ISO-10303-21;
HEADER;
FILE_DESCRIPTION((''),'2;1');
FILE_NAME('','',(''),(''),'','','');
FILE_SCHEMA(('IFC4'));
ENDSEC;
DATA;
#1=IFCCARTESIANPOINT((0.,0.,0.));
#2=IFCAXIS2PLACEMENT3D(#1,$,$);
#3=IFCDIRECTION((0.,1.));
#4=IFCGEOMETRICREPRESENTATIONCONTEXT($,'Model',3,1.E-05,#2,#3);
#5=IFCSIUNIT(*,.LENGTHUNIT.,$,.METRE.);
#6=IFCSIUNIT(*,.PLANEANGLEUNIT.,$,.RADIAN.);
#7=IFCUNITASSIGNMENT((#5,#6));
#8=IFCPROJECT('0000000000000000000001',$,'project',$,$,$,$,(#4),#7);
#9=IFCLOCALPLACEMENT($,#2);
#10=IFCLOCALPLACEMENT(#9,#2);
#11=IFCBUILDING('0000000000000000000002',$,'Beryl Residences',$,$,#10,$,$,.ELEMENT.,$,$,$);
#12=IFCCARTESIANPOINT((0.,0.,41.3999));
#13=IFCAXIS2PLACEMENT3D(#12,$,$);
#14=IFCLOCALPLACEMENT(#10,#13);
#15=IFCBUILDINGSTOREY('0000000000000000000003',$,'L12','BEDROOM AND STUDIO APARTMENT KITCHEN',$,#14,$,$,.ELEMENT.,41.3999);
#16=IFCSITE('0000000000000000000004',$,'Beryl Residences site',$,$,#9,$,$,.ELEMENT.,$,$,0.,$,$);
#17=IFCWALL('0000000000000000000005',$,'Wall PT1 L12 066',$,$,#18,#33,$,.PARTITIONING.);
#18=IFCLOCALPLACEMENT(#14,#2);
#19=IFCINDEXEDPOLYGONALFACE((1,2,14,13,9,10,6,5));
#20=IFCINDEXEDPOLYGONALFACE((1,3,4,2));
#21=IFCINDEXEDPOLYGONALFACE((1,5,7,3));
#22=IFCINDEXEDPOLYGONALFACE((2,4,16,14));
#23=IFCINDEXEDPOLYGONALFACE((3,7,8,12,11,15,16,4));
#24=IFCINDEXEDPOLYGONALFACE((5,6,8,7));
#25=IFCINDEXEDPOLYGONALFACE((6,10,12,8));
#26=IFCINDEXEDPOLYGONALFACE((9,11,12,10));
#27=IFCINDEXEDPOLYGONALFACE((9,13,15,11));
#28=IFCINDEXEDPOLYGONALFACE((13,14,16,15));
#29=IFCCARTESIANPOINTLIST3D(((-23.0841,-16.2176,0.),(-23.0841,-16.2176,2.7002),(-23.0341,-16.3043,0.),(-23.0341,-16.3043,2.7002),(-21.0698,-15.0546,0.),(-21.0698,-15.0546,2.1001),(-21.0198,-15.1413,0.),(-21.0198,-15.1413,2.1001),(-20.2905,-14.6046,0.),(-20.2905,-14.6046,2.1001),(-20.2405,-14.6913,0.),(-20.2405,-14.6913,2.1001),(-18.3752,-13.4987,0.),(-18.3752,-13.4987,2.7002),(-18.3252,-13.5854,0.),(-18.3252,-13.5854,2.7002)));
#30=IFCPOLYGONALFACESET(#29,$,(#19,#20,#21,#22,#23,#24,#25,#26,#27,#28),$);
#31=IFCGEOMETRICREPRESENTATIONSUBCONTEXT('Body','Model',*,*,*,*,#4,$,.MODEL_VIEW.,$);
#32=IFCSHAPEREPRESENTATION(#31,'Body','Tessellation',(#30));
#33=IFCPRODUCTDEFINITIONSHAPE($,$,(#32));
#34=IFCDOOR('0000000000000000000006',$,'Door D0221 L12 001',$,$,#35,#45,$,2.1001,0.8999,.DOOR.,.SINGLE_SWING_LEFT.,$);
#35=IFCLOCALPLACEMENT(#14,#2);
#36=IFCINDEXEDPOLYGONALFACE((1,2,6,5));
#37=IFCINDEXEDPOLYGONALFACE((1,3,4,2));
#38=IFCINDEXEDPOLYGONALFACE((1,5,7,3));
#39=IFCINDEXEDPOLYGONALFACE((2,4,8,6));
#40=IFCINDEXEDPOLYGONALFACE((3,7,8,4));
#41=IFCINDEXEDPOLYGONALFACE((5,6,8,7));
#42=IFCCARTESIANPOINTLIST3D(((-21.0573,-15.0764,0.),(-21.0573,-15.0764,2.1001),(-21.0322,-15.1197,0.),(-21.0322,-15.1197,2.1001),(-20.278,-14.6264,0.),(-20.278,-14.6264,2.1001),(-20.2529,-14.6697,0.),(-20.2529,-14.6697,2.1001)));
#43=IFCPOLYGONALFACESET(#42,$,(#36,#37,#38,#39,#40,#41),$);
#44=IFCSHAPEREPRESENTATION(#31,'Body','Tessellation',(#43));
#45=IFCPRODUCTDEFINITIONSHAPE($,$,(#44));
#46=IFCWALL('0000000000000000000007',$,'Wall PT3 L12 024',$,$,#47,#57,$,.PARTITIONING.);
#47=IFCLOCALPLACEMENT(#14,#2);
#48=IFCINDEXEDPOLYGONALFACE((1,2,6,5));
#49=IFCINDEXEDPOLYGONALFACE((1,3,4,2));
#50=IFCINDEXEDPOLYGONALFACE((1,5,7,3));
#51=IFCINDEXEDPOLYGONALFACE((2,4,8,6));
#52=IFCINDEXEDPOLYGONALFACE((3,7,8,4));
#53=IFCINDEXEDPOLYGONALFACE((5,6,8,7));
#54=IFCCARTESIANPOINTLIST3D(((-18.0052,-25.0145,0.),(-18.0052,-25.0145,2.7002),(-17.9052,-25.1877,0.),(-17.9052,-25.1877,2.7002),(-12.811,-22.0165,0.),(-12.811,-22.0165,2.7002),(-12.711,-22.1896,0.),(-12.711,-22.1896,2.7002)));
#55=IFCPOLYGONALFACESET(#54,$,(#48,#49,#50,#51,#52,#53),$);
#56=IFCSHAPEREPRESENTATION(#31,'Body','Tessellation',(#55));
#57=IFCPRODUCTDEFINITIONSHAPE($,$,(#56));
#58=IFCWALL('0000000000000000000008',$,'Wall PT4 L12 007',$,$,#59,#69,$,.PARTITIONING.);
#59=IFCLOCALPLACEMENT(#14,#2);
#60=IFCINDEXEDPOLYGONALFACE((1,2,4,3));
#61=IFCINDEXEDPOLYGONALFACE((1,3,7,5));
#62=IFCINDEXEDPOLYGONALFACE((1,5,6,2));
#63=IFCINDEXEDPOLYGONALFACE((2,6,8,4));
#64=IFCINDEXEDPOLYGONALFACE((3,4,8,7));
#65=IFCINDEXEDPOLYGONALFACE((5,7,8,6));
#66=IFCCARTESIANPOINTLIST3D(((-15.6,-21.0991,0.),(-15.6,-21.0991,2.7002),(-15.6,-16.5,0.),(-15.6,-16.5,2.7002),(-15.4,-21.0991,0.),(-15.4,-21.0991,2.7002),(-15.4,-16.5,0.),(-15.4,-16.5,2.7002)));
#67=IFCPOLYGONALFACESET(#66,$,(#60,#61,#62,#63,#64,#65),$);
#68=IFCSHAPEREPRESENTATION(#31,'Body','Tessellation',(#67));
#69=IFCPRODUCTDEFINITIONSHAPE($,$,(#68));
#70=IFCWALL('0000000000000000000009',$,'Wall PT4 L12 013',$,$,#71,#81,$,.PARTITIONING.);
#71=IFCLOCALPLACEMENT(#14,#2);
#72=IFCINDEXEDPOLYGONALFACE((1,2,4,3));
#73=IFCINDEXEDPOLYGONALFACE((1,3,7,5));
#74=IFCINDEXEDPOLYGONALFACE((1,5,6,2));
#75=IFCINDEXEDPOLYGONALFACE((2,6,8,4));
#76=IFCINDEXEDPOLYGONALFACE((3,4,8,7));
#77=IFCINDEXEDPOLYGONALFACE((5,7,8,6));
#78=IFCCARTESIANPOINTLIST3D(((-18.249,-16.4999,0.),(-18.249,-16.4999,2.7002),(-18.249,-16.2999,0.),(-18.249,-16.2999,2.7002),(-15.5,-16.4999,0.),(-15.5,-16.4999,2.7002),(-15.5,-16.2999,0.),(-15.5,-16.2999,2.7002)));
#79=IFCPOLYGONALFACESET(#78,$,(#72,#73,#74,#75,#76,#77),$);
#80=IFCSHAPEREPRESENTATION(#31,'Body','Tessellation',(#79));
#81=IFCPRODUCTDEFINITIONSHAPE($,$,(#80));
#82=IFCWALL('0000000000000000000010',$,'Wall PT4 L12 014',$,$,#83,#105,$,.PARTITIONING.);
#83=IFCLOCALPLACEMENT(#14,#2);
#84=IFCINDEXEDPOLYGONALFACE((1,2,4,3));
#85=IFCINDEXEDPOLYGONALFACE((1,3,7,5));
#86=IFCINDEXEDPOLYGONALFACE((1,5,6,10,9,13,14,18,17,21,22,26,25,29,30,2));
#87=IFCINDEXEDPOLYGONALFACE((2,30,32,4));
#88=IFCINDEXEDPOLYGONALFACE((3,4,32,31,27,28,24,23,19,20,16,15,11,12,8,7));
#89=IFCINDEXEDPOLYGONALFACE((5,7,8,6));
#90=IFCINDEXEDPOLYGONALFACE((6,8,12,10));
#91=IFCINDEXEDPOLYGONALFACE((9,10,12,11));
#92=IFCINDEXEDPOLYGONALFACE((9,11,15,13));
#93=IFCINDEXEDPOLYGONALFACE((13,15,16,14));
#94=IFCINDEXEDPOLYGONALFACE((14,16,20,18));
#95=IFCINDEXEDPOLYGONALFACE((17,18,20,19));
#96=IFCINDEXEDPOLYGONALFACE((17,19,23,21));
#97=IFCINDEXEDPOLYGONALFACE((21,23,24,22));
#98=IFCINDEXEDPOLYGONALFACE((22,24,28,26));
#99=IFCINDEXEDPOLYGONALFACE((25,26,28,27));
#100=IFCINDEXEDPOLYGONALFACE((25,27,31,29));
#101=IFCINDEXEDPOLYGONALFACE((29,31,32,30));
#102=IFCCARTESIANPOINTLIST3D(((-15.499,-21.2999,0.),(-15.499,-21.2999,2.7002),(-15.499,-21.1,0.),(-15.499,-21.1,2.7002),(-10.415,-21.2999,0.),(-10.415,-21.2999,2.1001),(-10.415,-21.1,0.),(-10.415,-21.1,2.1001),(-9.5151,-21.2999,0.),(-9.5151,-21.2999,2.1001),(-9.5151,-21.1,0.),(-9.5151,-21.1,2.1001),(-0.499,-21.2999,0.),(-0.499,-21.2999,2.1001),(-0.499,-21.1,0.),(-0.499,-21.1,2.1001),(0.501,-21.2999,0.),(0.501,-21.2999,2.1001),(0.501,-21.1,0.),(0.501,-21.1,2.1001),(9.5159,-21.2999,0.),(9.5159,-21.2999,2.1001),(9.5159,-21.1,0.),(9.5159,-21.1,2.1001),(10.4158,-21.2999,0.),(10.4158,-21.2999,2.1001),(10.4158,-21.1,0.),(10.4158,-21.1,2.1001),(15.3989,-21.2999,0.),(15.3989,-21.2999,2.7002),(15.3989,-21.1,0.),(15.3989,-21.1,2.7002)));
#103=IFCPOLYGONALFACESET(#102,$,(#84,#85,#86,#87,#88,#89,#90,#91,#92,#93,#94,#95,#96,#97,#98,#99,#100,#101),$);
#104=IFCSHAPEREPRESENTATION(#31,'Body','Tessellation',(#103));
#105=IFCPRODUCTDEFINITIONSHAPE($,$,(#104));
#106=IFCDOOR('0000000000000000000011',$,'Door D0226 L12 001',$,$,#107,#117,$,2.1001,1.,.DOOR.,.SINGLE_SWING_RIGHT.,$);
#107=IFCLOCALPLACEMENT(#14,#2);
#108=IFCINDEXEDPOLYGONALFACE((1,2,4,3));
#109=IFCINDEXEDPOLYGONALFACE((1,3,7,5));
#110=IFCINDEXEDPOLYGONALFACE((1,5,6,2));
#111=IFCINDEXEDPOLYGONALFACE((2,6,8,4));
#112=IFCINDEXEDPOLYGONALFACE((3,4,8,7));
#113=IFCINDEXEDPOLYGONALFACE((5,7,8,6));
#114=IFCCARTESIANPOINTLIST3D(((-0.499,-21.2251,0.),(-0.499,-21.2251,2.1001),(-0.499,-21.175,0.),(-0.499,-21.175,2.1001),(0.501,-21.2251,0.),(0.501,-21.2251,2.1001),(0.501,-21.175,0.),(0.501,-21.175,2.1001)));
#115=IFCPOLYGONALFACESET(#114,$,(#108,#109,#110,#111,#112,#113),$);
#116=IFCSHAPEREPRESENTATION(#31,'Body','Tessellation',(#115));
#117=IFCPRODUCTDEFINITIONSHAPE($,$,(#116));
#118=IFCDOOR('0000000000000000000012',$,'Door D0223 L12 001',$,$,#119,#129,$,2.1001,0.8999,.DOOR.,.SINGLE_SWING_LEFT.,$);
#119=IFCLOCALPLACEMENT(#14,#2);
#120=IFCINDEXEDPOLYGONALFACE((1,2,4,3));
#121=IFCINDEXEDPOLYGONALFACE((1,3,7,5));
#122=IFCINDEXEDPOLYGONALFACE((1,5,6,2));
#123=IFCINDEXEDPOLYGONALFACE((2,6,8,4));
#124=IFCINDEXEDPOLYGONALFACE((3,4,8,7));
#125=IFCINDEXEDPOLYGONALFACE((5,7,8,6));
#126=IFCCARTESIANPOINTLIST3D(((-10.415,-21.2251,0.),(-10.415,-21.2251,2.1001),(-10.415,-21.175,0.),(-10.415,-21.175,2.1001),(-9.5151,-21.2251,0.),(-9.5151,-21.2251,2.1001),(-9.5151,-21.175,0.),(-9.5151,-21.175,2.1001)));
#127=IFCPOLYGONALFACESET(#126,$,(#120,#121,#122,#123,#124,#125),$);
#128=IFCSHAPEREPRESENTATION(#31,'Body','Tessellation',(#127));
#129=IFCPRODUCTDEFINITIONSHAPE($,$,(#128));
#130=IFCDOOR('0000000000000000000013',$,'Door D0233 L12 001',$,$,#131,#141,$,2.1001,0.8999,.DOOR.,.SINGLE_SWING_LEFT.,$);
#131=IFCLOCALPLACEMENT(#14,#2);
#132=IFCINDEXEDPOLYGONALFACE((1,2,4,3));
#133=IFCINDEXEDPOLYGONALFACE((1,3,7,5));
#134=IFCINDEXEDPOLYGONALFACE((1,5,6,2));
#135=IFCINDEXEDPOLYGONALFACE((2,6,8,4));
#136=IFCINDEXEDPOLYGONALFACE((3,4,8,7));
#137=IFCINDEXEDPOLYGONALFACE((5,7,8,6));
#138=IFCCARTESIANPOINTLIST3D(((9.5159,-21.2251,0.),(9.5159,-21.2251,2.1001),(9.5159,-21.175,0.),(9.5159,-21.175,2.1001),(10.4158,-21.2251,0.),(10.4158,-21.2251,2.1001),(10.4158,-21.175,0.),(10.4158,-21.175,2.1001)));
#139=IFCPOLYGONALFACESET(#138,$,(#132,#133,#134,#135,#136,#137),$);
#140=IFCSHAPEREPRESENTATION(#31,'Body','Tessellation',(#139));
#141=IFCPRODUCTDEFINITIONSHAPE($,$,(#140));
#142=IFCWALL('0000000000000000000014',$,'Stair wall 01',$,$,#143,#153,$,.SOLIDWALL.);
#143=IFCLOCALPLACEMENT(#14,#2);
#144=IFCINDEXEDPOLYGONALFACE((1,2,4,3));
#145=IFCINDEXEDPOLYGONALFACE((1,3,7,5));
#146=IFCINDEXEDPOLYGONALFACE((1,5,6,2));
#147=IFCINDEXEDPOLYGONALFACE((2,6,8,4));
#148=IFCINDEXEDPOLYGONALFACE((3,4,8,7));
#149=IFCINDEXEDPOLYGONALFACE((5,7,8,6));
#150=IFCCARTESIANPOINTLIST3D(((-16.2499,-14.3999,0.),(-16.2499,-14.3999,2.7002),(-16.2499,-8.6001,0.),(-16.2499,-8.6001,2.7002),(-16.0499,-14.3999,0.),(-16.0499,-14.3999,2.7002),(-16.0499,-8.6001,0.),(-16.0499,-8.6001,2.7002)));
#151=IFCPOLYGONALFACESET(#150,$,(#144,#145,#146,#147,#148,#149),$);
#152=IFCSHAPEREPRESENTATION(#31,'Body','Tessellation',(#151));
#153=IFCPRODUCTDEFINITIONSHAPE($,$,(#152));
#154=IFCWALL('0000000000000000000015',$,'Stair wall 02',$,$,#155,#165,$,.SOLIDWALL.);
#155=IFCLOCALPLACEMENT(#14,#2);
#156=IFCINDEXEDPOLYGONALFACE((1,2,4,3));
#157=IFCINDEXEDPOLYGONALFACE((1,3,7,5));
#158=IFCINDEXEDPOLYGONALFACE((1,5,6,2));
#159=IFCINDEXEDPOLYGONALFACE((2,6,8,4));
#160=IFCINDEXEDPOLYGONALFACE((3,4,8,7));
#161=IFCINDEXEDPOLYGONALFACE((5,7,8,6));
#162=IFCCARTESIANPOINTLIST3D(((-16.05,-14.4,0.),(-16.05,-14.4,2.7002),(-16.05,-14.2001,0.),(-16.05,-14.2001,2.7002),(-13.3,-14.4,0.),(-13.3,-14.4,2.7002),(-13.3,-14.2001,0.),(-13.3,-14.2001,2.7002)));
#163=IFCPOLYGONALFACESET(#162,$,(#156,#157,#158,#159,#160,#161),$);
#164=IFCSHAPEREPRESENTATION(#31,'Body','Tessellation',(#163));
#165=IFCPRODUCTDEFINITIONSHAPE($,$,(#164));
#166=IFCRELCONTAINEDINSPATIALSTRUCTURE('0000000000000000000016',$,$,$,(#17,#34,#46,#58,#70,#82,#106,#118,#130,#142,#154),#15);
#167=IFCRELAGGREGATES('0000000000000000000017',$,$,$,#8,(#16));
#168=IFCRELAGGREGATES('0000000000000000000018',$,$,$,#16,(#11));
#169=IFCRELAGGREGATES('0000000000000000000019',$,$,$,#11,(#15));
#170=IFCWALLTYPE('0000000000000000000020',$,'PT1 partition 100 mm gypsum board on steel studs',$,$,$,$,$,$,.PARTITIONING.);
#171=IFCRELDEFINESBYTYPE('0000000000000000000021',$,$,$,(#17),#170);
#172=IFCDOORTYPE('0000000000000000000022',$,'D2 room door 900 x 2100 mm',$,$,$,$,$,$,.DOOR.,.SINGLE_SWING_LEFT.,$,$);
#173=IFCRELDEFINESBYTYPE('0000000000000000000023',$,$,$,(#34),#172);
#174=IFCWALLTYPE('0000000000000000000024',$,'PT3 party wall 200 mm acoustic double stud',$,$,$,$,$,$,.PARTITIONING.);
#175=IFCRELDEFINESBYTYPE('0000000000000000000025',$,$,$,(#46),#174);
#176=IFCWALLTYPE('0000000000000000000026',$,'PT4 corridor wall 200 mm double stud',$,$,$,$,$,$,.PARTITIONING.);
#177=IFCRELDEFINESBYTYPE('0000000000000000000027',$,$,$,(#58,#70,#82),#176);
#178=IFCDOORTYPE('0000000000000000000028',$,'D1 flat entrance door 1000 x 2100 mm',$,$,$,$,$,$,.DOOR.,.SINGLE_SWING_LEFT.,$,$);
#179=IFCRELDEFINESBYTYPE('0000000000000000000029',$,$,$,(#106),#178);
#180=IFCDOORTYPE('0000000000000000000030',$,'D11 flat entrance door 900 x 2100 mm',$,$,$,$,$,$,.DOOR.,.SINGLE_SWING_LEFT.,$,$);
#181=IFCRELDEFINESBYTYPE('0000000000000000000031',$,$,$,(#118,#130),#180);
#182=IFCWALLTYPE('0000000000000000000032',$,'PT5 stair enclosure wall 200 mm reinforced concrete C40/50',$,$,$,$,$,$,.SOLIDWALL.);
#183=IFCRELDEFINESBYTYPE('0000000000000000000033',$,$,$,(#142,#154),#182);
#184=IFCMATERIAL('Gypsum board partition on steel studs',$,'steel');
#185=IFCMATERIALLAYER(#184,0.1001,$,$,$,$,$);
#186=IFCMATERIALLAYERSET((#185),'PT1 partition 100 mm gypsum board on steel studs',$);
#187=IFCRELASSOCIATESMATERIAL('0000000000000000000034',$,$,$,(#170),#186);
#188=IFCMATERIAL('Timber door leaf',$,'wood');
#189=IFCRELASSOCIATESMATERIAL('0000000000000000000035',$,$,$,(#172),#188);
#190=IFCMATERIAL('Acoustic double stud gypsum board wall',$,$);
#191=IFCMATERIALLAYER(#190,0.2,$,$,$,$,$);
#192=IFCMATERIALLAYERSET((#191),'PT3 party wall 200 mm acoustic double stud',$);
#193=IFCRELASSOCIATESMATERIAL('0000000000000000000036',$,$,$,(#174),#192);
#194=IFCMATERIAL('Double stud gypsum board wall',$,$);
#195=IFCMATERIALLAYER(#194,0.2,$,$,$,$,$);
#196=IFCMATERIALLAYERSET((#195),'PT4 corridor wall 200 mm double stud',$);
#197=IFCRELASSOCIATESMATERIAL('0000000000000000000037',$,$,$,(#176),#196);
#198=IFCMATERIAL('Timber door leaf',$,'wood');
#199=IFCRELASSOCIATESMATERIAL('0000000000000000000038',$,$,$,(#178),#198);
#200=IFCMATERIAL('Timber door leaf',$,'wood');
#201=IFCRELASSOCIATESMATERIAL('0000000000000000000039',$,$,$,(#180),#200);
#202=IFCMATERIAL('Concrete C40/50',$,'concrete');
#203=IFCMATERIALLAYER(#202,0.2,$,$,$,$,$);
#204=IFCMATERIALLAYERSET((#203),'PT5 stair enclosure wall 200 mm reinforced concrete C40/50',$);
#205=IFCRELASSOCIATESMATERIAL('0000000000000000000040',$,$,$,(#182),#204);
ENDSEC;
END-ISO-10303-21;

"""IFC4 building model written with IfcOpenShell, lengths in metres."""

from ifc_helpers import new_model, si_unit, direction, frame, frame_2d, origin, place, context, subcontext, project, spatial, rectangle, extrude, material, layer, layer_set, type_object, element, fill, save


model = new_model("IFC4")

# Units and contexts
model_context = context("Model", 3, precision=1e-05, world=origin(), true_north=direction((0.0, 1.0)))
body_context = subcontext(model_context, "Body", "Model", "MODEL_VIEW")
ifc_project = project(units=[si_unit("LENGTHUNIT", "METRE"), si_unit("PLANEANGLEUNIT", "RADIAN")], contexts=[model_context])

# Site, building, storey
site_placement = place(None, origin())
site = spatial("IfcSite", under=ifc_project, at=site_placement, Name="Beryl Residences site", CompositionType="ELEMENT", RefElevation=0.0)
building_placement = place(site_placement, origin())
building = spatial("IfcBuilding", under=site, at=building_placement, Name="Beryl Residences", CompositionType="ELEMENT")
storey_placement = place(building_placement, frame((0.0, 0.0, 41.3999)))
storey = spatial("IfcBuildingStorey", under=building, at=storey_placement, Name="L12", Description="BEDROOM AND STUDIO APARTMENT KITCHEN", CompositionType="ELEMENT", Elevation=41.3999)

# Wall, opening, door
ifc_material_1 = material(Name="Gypsum board partition on steel studs", Category="steel")
ifc_layer_1 = layer(ifc_material_1, 0.1001)
ifc_layer_set_1 = layer_set([ifc_layer_1], Name="PT1 partition 100 mm gypsum board on steel studs")
wall_type_1 = type_object("IfcWallType", Name="PT1 partition 100 mm gypsum board on steel studs", PredefinedType="PARTITIONING", material=ifc_layer_set_1)
ifc_material_2 = material(Name="Timber door leaf", Category="wood")
door_type_1 = type_object("IfcDoorType", Name="D2 room door 900 x 2100 mm", OperationType="SINGLE_SWING_LEFT", PredefinedType="DOOR", material=ifc_material_2)
wall_1_placement = place(storey_placement, frame((-23.0591, -16.261, 0.0), z_axis=(0.0, 0.0, 1.0), x_axis=(0.866005, 0.500036, 0.0)))
wall_1 = element("IfcWall", 1, at=wall_1_placement, inside=storey, type_object=wall_type_1, Name="Wall PT1 L12 066", PredefinedType="PARTITIONING", context=body_context, shape_type="SweptSolid", body=[
    extrude(rectangle(XDim=5.4375, YDim=0.1001, at=frame_2d((2.7188, 0.0))), origin(), (0.0, 0.0, 1.0), 2.7002),
])
opening_1_placement = place(wall_1_placement, frame((2.3259, 0.0, 0.0)))
opening_1 = element("IfcOpeningElement", 2, at=opening_1_placement, cuts=wall_1, PredefinedType="OPENING", context=body_context, shape_type="SweptSolid", body=[
    extrude(rectangle(XDim=0.8999, YDim=2.1001, at=frame_2d((0.45, 1.05))), frame((0.0, 0.0601, 0.0), z_axis=(0.0, -1.0, 0.0), x_axis=(1.0, 0.0, 0.0)), (0.0, 0.0, 1.0), 0.1201),
])
door_1_placement = place(opening_1_placement, origin())
door_1 = element("IfcDoor", 3, at=door_1_placement, inside=storey, type_object=door_type_1, Name="Door D0221 L12 001", OperationType="SINGLE_SWING_LEFT", OverallHeight=2.1001, OverallWidth=0.8999, PredefinedType="DOOR", context=body_context, shape_type="SweptSolid", body=[
    extrude(rectangle(XDim=0.8999, YDim=2.1001, at=frame_2d((0.45, 1.05))), frame((0.0, 0.0249, 0.0), z_axis=(0.0, -1.0, 0.0), x_axis=(1.0, 0.0, 0.0)), (0.0, 0.0, 1.0), 0.05),
])
fill(opening_1, door_1)

# Walls
ifc_material_3 = material(Name="Acoustic double stud gypsum board wall")
ifc_layer_2 = layer(ifc_material_3, 0.2)
ifc_layer_set_2 = layer_set([ifc_layer_2], Name="PT3 party wall 200 mm acoustic double stud")
wall_type_2 = type_object("IfcWallType", Name="PT3 party wall 200 mm acoustic double stud", PredefinedType="PARTITIONING", material=ifc_layer_set_2)
wall_2_placement = place(storey_placement, frame((-17.9551, -25.1011, 0.0), z_axis=(0.0, 0.0, 1.0), x_axis=(0.866081, 0.499905, 0.0)))
element("IfcWall", 4, at=wall_2_placement, inside=storey, type_object=wall_type_2, Name="Wall PT3 L12 024", PredefinedType="PARTITIONING", context=body_context, shape_type="SweptSolid", body=[
    extrude(rectangle(XDim=5.9973, YDim=0.2, at=frame_2d((2.9985, 0.0))), origin(), (0.0, 0.0, 1.0), 2.7002),
])
ifc_material_4 = material(Name="Double stud gypsum board wall")
ifc_layer_3 = layer(ifc_material_4, 0.2)
ifc_layer_set_3 = layer_set([ifc_layer_3], Name="PT4 corridor wall 200 mm double stud")
wall_type_3 = type_object("IfcWallType", Name="PT4 corridor wall 200 mm double stud", PredefinedType="PARTITIONING", material=ifc_layer_set_3)
wall_3_placement = place(storey_placement, frame((-15.5, -16.5, 0.0), z_axis=(0.0, 0.0, 1.0), x_axis=(0.0, -1.0, 0.0)))
element("IfcWall", 5, at=wall_3_placement, inside=storey, type_object=wall_type_3, Name="Wall PT4 L12 007", PredefinedType="PARTITIONING", context=body_context, shape_type="SweptSolid", body=[
    extrude(rectangle(XDim=4.5991, YDim=0.2, at=frame_2d((2.2996, 0.0))), origin(), (0.0, 0.0, 1.0), 2.7002),
])
wall_4_placement = place(storey_placement, frame((-18.249, -16.3999, 0.0), z_axis=(0.0, 0.0, 1.0), x_axis=(1.0, 0.0, 0.0)))
element("IfcWall", 6, at=wall_4_placement, inside=storey, type_object=wall_type_3, Name="Wall PT4 L12 013", PredefinedType="PARTITIONING", context=body_context, shape_type="SweptSolid", body=[
    extrude(rectangle(XDim=2.749, YDim=0.2, at=frame_2d((1.3745, 0.0))), origin(), (0.0, 0.0, 1.0), 2.7002),
])

# Wall, openings, doors
wall_5_placement = place(storey_placement, frame((-15.499, -21.2, 0.0), z_axis=(0.0, 0.0, 1.0), x_axis=(1.0, 0.0, 0.0)))
wall_5 = element("IfcWall", 7, at=wall_5_placement, inside=storey, type_object=wall_type_3, Name="Wall PT4 L12 014", PredefinedType="PARTITIONING", context=body_context, shape_type="SweptSolid", body=[
    extrude(rectangle(XDim=30.8979, YDim=0.2, at=frame_2d((15.449, 0.0))), origin(), (0.0, 0.0, 1.0), 2.7002),
])
opening_2_placement = place(wall_5_placement, frame((5.084, 0.0, 0.0)))
opening_2 = element("IfcOpeningElement", 8, at=opening_2_placement, cuts=wall_5, PredefinedType="OPENING", context=body_context, shape_type="SweptSolid", body=[
    extrude(rectangle(XDim=0.8999, YDim=2.1001, at=frame_2d((0.45, 1.05))), frame((0.0, 0.1099, 0.0), z_axis=(0.0, -1.0, 0.0), x_axis=(1.0, 0.0, 0.0)), (0.0, 0.0, 1.0), 0.22),
])
opening_3_placement = place(wall_5_placement, frame((15.0, 0.0, 0.0)))
opening_3 = element("IfcOpeningElement", 9, at=opening_3_placement, cuts=wall_5, PredefinedType="OPENING", context=body_context, shape_type="SweptSolid", body=[
    extrude(rectangle(XDim=1.0, YDim=2.1001, at=frame_2d((0.5, 1.05))), frame((0.0, 0.1099, 0.0), z_axis=(0.0, -1.0, 0.0), x_axis=(1.0, 0.0, 0.0)), (0.0, 0.0, 1.0), 0.22),
])
opening_4_placement = place(wall_5_placement, frame((25.0149, 0.0, 0.0)))
opening_4 = element("IfcOpeningElement", 10, at=opening_4_placement, cuts=wall_5, PredefinedType="OPENING", context=body_context, shape_type="SweptSolid", body=[
    extrude(rectangle(XDim=0.8999, YDim=2.1001, at=frame_2d((0.45, 1.05))), frame((0.0, 0.1099, 0.0), z_axis=(0.0, -1.0, 0.0), x_axis=(1.0, 0.0, 0.0)), (0.0, 0.0, 1.0), 0.22),
])
ifc_material_5 = material(Name="Timber door leaf", Category="wood")
door_type_2 = type_object("IfcDoorType", Name="D1 flat entrance door 1000 x 2100 mm", OperationType="SINGLE_SWING_LEFT", PredefinedType="DOOR", material=ifc_material_5)
door_2_placement = place(opening_3_placement, origin())
door_2 = element("IfcDoor", 11, at=door_2_placement, inside=storey, type_object=door_type_2, Name="Door D0226 L12 001", OperationType="SINGLE_SWING_RIGHT", OverallHeight=2.1001, OverallWidth=1.0, PredefinedType="DOOR", context=body_context, shape_type="SweptSolid", body=[
    extrude(rectangle(XDim=1.0, YDim=2.1001, at=frame_2d((0.5, 1.05))), frame((0.0, 0.0249, 0.0), z_axis=(0.0, -1.0, 0.0), x_axis=(1.0, 0.0, 0.0)), (0.0, 0.0, 1.0), 0.05),
])
fill(opening_3, door_2)
ifc_material_6 = material(Name="Timber door leaf", Category="wood")
door_type_3 = type_object("IfcDoorType", Name="D11 flat entrance door 900 x 2100 mm", OperationType="SINGLE_SWING_LEFT", PredefinedType="DOOR", material=ifc_material_6)
door_3_placement = place(opening_2_placement, origin())
door_3 = element("IfcDoor", 12, at=door_3_placement, inside=storey, type_object=door_type_3, Name="Door D0223 L12 001", OperationType="SINGLE_SWING_LEFT", OverallHeight=2.1001, OverallWidth=0.8999, PredefinedType="DOOR", context=body_context, shape_type="SweptSolid", body=[
    extrude(rectangle(XDim=0.8999, YDim=2.1001, at=frame_2d((0.45, 1.05))), frame((0.0, 0.0249, 0.0), z_axis=(0.0, -1.0, 0.0), x_axis=(1.0, 0.0, 0.0)), (0.0, 0.0, 1.0), 0.05),
])
fill(opening_2, door_3)
door_4_placement = place(opening_4_placement, origin())
door_4 = element("IfcDoor", 13, at=door_4_placement, inside=storey, type_object=door_type_3, Name="Door D0233 L12 001", OperationType="SINGLE_SWING_LEFT", OverallHeight=2.1001, OverallWidth=0.8999, PredefinedType="DOOR", context=body_context, shape_type="SweptSolid", body=[
    extrude(rectangle(XDim=0.8999, YDim=2.1001, at=frame_2d((0.45, 1.05))), frame((0.0, 0.0249, 0.0), z_axis=(0.0, -1.0, 0.0), x_axis=(1.0, 0.0, 0.0)), (0.0, 0.0, 1.0), 0.05),
])
fill(opening_4, door_4)

# Walls
ifc_material_7 = material(Name="Concrete C40/50", Category="concrete")
ifc_layer_4 = layer(ifc_material_7, 0.2)
ifc_layer_set_4 = layer_set([ifc_layer_4], Name="PT5 stair enclosure wall 200 mm reinforced concrete C40/50")
wall_type_4 = type_object("IfcWallType", Name="PT5 stair enclosure wall 200 mm reinforced concrete C40/50", PredefinedType="SOLIDWALL", material=ifc_layer_set_4)
wall_6_placement = place(storey_placement, frame((-16.1499, -14.3999, 0.0), z_axis=(0.0, 0.0, 1.0), x_axis=(0.0, 1.0, 0.0)))
element("IfcWall", 14, at=wall_6_placement, inside=storey, type_object=wall_type_4, Name="Stair wall 01", PredefinedType="SOLIDWALL", context=body_context, shape_type="SweptSolid", body=[
    extrude(rectangle(XDim=5.7998, YDim=0.2, at=frame_2d((2.8999, 0.0))), origin(), (0.0, 0.0, 1.0), 2.7002),
])
wall_7_placement = place(storey_placement, frame((-16.05, -14.3, 0.0), z_axis=(0.0, 0.0, 1.0), x_axis=(1.0, 0.0, 0.0)))
element("IfcWall", 15, at=wall_7_placement, inside=storey, type_object=wall_type_4, Name="Stair wall 02", PredefinedType="SOLIDWALL", context=body_context, shape_type="SweptSolid", body=[
    extrude(rectangle(XDim=2.75, YDim=0.2, at=frame_2d((1.375, 0.0))), origin(), (0.0, 0.0, 1.0), 2.7002),
])

save(model, "model.ifc")
